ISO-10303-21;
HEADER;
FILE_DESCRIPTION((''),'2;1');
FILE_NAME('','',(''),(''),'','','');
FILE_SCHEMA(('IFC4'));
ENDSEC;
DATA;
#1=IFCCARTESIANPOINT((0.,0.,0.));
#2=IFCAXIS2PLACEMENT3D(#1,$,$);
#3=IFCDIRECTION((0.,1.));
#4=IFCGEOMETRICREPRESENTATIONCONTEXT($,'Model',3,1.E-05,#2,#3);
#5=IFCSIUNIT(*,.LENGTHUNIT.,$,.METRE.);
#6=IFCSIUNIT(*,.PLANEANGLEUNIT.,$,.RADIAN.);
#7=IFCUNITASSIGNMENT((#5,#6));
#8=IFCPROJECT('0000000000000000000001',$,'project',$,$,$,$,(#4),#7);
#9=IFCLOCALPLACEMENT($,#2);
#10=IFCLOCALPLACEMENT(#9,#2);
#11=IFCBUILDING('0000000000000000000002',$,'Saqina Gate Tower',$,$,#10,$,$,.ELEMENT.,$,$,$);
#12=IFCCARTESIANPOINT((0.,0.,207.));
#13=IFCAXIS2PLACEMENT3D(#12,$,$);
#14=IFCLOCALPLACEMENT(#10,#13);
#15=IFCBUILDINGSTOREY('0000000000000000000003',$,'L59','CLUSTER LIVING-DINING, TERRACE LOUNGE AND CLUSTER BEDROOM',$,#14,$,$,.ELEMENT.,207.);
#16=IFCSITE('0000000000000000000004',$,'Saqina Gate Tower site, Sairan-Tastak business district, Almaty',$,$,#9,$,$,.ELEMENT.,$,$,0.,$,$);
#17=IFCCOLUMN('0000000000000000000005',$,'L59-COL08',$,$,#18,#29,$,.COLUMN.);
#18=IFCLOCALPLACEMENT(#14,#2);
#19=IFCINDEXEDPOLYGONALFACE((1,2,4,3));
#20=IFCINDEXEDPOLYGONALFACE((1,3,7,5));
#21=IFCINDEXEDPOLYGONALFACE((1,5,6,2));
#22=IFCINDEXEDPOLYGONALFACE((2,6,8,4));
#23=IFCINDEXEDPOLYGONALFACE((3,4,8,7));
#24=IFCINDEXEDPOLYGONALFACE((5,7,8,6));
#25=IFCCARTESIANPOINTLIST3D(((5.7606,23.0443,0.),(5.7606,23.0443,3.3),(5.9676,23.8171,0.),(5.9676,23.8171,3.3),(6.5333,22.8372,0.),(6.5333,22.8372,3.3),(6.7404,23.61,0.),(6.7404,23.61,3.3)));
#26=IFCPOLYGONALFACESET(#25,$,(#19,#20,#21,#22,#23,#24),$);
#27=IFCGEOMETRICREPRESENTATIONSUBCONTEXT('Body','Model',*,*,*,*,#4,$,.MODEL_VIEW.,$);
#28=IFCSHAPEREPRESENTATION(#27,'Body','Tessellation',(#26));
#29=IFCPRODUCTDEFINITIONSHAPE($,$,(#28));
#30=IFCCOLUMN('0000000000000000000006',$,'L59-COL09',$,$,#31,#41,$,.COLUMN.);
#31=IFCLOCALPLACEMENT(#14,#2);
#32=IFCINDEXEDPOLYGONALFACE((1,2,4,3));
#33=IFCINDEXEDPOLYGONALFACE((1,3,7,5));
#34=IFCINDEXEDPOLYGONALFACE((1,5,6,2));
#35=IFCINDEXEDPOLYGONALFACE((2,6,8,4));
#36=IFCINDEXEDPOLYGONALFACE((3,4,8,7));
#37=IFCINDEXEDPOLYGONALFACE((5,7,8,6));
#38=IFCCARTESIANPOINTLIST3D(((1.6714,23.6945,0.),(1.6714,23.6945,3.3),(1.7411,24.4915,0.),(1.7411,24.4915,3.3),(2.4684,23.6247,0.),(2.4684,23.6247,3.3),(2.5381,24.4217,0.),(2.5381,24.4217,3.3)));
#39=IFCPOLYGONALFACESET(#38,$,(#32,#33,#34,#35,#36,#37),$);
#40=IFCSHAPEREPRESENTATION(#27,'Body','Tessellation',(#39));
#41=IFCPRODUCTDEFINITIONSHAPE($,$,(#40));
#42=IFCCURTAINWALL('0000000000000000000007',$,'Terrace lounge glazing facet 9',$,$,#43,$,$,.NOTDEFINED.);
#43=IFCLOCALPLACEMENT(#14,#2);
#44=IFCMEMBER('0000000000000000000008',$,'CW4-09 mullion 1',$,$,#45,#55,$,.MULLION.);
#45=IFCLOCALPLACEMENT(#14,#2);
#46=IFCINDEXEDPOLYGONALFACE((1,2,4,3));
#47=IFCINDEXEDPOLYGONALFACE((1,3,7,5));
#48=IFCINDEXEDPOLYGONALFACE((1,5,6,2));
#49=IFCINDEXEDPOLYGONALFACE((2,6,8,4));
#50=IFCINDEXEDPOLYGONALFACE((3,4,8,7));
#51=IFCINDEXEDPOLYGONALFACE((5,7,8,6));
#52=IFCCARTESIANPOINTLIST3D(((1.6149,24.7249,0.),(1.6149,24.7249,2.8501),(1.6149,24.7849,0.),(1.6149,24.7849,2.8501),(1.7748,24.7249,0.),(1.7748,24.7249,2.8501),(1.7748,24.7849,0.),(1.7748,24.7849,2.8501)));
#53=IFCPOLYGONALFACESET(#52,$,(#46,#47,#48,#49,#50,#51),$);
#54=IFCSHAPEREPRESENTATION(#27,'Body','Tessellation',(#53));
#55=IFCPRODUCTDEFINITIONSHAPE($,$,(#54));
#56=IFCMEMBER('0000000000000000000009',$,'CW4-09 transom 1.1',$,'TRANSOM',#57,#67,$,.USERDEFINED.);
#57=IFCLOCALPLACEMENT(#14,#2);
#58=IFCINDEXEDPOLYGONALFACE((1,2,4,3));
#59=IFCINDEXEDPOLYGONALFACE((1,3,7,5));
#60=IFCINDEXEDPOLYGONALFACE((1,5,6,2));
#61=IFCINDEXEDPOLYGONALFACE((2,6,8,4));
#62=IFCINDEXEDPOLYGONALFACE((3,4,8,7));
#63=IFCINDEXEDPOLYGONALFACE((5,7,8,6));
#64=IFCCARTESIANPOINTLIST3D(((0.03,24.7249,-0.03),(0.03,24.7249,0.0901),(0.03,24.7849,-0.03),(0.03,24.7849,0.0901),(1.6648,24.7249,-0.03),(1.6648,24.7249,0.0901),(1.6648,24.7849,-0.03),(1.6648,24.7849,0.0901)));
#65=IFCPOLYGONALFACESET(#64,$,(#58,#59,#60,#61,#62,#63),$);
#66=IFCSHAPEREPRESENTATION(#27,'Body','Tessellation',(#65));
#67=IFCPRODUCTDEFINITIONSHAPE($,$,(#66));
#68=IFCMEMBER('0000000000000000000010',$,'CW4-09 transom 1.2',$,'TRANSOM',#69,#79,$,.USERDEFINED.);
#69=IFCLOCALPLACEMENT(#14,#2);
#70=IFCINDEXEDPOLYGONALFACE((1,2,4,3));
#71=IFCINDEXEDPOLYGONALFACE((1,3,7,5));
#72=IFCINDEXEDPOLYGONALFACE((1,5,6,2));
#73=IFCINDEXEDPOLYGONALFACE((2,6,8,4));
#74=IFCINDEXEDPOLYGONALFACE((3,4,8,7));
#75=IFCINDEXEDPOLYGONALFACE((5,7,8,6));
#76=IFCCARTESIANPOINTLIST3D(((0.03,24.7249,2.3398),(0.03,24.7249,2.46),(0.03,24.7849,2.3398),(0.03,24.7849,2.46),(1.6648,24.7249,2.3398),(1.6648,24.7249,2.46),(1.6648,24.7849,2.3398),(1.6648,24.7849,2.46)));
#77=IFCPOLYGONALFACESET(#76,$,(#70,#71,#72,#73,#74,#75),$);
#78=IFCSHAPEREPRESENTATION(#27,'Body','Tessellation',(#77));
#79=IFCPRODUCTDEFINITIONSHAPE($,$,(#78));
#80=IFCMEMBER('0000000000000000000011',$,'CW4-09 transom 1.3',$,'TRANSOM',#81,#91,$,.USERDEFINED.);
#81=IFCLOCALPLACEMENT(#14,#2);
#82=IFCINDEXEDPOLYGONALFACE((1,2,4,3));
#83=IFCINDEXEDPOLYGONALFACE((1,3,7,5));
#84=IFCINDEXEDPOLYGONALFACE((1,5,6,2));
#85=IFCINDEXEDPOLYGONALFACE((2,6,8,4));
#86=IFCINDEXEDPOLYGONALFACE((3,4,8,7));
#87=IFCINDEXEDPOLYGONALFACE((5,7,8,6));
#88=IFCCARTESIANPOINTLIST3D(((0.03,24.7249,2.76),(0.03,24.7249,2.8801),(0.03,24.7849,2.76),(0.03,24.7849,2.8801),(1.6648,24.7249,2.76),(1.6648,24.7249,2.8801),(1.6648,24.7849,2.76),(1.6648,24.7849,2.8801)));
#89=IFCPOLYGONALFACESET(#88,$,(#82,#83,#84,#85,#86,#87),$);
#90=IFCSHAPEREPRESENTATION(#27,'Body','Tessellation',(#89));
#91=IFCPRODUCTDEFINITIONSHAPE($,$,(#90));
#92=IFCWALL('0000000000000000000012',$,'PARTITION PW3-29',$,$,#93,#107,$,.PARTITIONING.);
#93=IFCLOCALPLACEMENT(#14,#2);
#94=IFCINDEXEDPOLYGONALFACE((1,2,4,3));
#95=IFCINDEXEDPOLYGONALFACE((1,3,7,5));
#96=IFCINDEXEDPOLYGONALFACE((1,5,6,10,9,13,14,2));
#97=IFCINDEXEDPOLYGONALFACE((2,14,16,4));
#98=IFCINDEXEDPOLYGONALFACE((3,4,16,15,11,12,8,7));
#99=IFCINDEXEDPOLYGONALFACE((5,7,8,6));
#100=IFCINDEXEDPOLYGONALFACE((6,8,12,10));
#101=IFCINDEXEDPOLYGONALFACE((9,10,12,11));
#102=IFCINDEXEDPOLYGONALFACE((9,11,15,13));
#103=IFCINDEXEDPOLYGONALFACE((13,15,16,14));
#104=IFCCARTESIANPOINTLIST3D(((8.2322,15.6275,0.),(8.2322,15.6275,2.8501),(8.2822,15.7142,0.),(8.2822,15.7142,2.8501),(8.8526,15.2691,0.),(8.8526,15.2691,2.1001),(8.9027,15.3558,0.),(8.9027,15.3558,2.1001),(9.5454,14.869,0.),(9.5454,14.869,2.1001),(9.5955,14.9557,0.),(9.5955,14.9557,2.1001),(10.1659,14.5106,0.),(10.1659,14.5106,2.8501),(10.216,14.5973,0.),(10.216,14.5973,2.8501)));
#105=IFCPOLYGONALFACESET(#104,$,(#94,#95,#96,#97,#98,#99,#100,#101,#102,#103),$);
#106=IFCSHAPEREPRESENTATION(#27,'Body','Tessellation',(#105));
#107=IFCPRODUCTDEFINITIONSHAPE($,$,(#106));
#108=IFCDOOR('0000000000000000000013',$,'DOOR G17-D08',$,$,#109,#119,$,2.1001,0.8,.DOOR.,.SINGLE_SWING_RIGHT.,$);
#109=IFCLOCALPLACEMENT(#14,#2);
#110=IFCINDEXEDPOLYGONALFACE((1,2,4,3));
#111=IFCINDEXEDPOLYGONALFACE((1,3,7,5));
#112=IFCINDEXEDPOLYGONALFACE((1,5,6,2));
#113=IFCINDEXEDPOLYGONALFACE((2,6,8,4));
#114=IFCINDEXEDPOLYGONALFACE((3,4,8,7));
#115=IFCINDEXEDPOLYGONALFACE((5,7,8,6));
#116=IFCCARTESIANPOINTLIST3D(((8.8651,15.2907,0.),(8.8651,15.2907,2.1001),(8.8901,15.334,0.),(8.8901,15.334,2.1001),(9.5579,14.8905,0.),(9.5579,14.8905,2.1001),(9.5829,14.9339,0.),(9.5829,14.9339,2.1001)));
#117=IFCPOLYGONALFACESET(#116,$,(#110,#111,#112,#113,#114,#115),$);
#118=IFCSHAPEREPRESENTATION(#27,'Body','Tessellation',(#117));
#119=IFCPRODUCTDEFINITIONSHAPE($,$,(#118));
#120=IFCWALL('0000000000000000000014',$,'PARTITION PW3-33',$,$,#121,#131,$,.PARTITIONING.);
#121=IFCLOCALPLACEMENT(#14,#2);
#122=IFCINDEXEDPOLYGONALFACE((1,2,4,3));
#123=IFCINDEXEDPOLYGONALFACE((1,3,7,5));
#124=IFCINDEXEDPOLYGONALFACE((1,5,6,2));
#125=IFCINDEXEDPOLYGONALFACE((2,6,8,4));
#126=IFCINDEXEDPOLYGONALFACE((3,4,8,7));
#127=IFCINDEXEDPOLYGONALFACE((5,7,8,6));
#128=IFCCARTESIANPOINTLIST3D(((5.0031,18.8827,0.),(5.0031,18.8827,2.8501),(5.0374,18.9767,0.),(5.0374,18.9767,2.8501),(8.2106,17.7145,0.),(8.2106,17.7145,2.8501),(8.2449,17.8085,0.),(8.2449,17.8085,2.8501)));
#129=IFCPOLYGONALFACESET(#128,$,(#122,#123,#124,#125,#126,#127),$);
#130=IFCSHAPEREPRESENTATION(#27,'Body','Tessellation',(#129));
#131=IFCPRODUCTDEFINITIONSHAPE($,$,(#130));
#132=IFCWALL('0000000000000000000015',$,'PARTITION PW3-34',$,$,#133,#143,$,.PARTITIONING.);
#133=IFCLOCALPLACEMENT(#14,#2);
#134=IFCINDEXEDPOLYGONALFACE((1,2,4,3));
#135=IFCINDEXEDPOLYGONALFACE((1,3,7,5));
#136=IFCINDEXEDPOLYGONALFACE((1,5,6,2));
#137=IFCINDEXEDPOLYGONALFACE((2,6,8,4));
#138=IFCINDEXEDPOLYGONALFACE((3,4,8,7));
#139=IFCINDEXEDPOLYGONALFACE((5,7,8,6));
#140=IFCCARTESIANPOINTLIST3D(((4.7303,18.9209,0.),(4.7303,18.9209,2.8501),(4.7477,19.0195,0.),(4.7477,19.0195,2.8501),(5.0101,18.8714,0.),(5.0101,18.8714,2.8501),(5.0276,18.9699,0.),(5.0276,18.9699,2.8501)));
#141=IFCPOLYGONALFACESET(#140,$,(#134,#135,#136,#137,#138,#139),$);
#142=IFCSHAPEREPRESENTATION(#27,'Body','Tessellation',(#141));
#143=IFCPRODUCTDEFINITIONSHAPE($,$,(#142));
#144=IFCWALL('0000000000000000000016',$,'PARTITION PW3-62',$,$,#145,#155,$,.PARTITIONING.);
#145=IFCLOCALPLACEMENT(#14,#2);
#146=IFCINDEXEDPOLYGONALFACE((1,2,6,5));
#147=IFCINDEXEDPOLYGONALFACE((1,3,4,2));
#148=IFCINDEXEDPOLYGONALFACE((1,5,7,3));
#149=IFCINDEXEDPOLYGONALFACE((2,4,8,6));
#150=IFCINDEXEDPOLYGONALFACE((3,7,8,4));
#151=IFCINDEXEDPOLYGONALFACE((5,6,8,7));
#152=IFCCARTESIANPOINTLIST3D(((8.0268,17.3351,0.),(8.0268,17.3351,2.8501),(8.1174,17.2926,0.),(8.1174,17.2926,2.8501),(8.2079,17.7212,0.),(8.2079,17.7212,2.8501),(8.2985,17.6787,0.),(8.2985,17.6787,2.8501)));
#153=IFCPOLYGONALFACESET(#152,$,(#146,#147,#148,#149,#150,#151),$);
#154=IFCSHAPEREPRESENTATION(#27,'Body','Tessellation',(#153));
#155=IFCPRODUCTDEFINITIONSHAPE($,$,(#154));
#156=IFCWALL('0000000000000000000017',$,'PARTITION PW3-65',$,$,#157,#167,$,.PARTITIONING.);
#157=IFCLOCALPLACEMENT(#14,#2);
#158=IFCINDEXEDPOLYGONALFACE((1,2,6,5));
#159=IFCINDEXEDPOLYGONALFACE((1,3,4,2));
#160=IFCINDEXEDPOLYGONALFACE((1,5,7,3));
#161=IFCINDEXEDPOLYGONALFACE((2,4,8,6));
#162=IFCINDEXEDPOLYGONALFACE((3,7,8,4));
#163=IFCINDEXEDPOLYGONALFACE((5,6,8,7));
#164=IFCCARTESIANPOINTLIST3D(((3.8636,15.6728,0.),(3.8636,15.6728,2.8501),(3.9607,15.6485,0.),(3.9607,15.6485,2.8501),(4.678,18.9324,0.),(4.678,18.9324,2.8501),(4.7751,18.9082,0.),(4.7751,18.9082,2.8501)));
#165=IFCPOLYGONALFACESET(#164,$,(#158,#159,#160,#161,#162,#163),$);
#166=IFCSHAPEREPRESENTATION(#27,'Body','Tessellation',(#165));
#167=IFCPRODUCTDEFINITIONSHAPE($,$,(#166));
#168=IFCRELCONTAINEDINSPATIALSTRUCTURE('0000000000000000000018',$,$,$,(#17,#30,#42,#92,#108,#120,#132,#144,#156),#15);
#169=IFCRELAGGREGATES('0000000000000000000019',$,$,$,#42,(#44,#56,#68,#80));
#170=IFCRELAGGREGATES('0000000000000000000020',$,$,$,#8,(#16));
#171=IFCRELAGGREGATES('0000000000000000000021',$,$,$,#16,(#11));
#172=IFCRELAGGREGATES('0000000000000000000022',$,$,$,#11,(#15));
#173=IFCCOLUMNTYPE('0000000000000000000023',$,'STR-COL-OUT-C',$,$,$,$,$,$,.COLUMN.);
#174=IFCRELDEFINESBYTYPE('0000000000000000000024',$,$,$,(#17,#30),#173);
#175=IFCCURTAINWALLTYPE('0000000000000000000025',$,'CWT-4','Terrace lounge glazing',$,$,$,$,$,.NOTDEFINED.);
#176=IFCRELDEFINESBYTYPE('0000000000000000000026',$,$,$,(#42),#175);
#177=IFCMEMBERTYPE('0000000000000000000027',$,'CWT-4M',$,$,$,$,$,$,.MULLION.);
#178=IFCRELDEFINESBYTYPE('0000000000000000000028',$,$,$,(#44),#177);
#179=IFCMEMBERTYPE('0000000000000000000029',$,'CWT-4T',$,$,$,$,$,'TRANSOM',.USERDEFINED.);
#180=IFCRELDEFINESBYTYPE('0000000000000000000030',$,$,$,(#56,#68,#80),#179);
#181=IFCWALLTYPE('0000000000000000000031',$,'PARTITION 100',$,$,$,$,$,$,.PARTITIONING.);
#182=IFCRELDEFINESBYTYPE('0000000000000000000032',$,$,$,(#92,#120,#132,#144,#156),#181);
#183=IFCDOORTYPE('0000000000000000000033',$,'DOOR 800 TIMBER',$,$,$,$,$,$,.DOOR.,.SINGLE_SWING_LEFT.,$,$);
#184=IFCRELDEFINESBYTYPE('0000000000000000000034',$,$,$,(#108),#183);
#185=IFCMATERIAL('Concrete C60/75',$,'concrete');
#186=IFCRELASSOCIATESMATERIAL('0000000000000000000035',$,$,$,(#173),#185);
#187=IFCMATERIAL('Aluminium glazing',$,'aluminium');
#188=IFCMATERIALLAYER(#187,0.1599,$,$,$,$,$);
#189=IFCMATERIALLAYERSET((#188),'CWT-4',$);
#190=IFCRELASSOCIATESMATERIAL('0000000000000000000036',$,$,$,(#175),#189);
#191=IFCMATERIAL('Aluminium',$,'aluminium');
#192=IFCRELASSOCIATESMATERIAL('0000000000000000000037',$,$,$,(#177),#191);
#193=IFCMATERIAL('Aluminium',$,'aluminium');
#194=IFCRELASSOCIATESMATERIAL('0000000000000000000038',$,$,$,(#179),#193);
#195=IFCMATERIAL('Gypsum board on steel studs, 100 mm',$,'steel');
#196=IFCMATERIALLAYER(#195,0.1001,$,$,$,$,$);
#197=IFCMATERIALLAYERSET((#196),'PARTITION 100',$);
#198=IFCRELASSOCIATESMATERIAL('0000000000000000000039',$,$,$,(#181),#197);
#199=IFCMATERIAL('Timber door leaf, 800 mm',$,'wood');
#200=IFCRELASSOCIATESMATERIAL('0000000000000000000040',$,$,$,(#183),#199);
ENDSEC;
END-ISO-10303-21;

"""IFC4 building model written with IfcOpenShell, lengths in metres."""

from ifc_helpers import new_model, si_unit, direction, frame, frame_2d, origin, origin_2d, place, context, subcontext, project, spatial, rectangle, extrude, material, layer, layer_set, material_profile, profile_set, type_object, element, fill, aggregate, save


model = new_model("IFC4")

# Units and contexts
model_context = context("Model", 3, precision=1e-05, world=origin(), true_north=direction((0.0, 1.0)))
body_context = subcontext(model_context, "Body", "Model", "MODEL_VIEW")
ifc_project = project(units=[si_unit("LENGTHUNIT", "METRE"), si_unit("PLANEANGLEUNIT", "RADIAN")], contexts=[model_context])

# Site, building, storey
site_placement = place(None, origin())
site = spatial("IfcSite", under=ifc_project, at=site_placement, Name="Saqina Gate Tower site, Sairan-Tastak business district, Almaty", CompositionType="ELEMENT", RefElevation=0.0)
building_placement = place(site_placement, origin())
building = spatial("IfcBuilding", under=site, at=building_placement, Name="Saqina Gate Tower", CompositionType="ELEMENT")
storey_placement = place(building_placement, frame((0.0, 0.0, 207.0)))
storey = spatial("IfcBuildingStorey", under=building, at=storey_placement, Name="L59", Description="CLUSTER LIVING-DINING, TERRACE LOUNGE AND CLUSTER BEDROOM", CompositionType="ELEMENT", Elevation=207.0)

# Columns
ifc_material_1 = material(Name="Concrete C60/75", Category="concrete")
ifc_material_profile_1 = material_profile(ifc_material_1, rectangle(XDim=0.8, YDim=0.8, at=origin_2d()), Name="RC 800x800")
ifc_profile_set_1 = profile_set([ifc_material_profile_1], Name="Concrete C60/75")
column_type = type_object("IfcColumnType", Name="STR-COL-OUT-C", PredefinedType="COLUMN", material=ifc_profile_set_1)
for number, where, z_axis, x_axis, name in (
    (1, (6.2505, 23.3271, 0.0), (0.0, 0.0, 1.0), (0.258819, 0.965926, 0.0), "L59-COL08"),
    (2, (2.1047, 24.0581, 0.0), (0.0, 0.0, 1.0), (0.087156, 0.996195, 0.0), "L59-COL09"),
):
    element("IfcColumn", number, at=place(storey_placement, frame(where, z_axis=z_axis, x_axis=x_axis)), inside=storey, type_object=column_type, Name=name, PredefinedType="COLUMN", context=body_context, shape_type="SweptSolid", body=[
        extrude(rectangle(XDim=0.8, YDim=0.8, at=origin_2d()), origin(), (0.0, 0.0, 1.0), 3.3),
    ])

# Curtain wall, members
ifc_material_2 = material(Name="Aluminium glazing", Category="aluminium")
ifc_layer_1 = layer(ifc_material_2, 0.1599)
ifc_layer_set_1 = layer_set([ifc_layer_1], Name="CWT-4")
curtain_wall_type = type_object("IfcCurtainWallType", Name="CWT-4", Description="Terrace lounge glazing", PredefinedType="NOTDEFINED", material=ifc_layer_set_1)
curtain_wall_placement = place(storey_placement, origin())
curtain_wall = element("IfcCurtainWall", 3, at=curtain_wall_placement, inside=storey, type_object=curtain_wall_type, Name="Terrace lounge glazing facet 9", PredefinedType="NOTDEFINED")
ifc_material_3 = material(Name="Aluminium", Category="aluminium")
ifc_material_profile_2 = material_profile(ifc_material_3, rectangle(XDim=0.0601, YDim=0.1599, at=origin_2d()), Name="Aluminium 60x160")
ifc_profile_set_2 = profile_set([ifc_material_profile_2], Name="Aluminium")
member_type_1 = type_object("IfcMemberType", Name="CWT-4M", PredefinedType="MULLION", material=ifc_profile_set_2)
member_1_placement = place(storey_placement, frame((1.6948, 24.7549, 0.0), z_axis=(0.0, 0.0, 1.0), x_axis=(0.0, -1.0, 0.0)))
member_1 = element("IfcMember", 4, at=member_1_placement, type_object=member_type_1, Name="CW4-09 mullion 1", PredefinedType="MULLION", context=body_context, shape_type="SweptSolid", body=[
    extrude(rectangle(XDim=0.0601, YDim=0.1599, at=origin_2d()), origin(), (0.0, 0.0, 1.0), 2.8501),
])
ifc_material_4 = material(Name="Aluminium", Category="aluminium")
ifc_material_profile_3 = material_profile(ifc_material_4, rectangle(XDim=0.0601, YDim=0.1201, at=origin_2d()), Name="Aluminium 60x120")
ifc_profile_set_3 = profile_set([ifc_material_profile_3], Name="Aluminium")
member_type_2 = type_object("IfcMemberType", Name="CWT-4T", ElementType="TRANSOM", PredefinedType="USERDEFINED", material=ifc_profile_set_3)
member_2_placement = place(storey_placement, frame((1.6648, 24.7549, 0.03), z_axis=(-1.0, 0.0, 0.0), x_axis=(0.0, -1.0, 0.0)))
member_2 = element("IfcMember", 5, at=member_2_placement, type_object=member_type_2, Name="CW4-09 transom 1.1", ObjectType="TRANSOM", PredefinedType="USERDEFINED", context=body_context, shape_type="SweptSolid", body=[
    extrude(rectangle(XDim=0.0601, YDim=0.1201, at=origin_2d()), origin(), (0.0, 0.0, 1.0), 1.6348),
])
member_3_placement = place(storey_placement, frame((1.6648, 24.7549, 2.3999), z_axis=(-1.0, 0.0, 0.0), x_axis=(0.0, -1.0, 0.0)))
member_3 = element("IfcMember", 6, at=member_3_placement, type_object=member_type_2, Name="CW4-09 transom 1.2", ObjectType="TRANSOM", PredefinedType="USERDEFINED", context=body_context, shape_type="SweptSolid", body=[
    extrude(rectangle(XDim=0.0601, YDim=0.1201, at=origin_2d()), origin(), (0.0, 0.0, 1.0), 1.6348),
])
member_4_placement = place(storey_placement, frame((1.6648, 24.7549, 2.8201), z_axis=(-1.0, 0.0, 0.0), x_axis=(0.0, -1.0, 0.0)))
member_4 = element("IfcMember", 7, at=member_4_placement, type_object=member_type_2, Name="CW4-09 transom 1.3", ObjectType="TRANSOM", PredefinedType="USERDEFINED", context=body_context, shape_type="SweptSolid", body=[
    extrude(rectangle(XDim=0.0601, YDim=0.1201, at=origin_2d()), origin(), (0.0, 0.0, 1.0), 1.6348),
])
aggregate(curtain_wall, [member_1, member_2, member_3, member_4])

# Wall, opening, door
ifc_material_5 = material(Name="Gypsum board on steel studs, 100 mm", Category="steel")
ifc_layer_2 = layer(ifc_material_5, 0.1001)
ifc_layer_set_2 = layer_set([ifc_layer_2], Name="PARTITION 100")
wall_type_1 = type_object("IfcWallType", Name="PARTITION 100", PredefinedType="PARTITIONING", material=ifc_layer_set_2)
wall_1_placement = place(storey_placement, frame((8.2571, 15.6709, 0.0), z_axis=(0.0, 0.0, 1.0), x_axis=(0.86594, -0.500148, 0.0)))
wall_1 = element("IfcWall", 8, at=wall_1_placement, inside=storey, type_object=wall_type_1, Name="PARTITION PW3-29", PredefinedType="PARTITIONING", context=body_context, shape_type="SweptSolid", body=[
    extrude(rectangle(XDim=2.2332, YDim=0.1001, at=frame_2d((1.1167, 0.0))), origin(), (0.0, 0.0, 1.0), 2.8501),
])
opening_1_placement = place(wall_1_placement, frame((0.7168, 0.0, 0.0)))
opening_1 = element("IfcOpeningElement", 9, at=opening_1_placement, cuts=wall_1, PredefinedType="OPENING", context=body_context, shape_type="SweptSolid", body=[
    extrude(rectangle(XDim=0.8, YDim=2.1001, at=frame_2d((0.3999, 1.05))), frame((0.0, 0.062, 0.0), z_axis=(0.0, -1.0, 0.0), x_axis=(1.0, 0.0, 0.0)), (0.0, 0.0, 1.0), 0.124),
])
ifc_material_6 = material(Name="Timber door leaf, 800 mm", Category="wood")
door_type_1 = type_object("IfcDoorType", Name="DOOR 800 TIMBER", OperationType="SINGLE_SWING_LEFT", PredefinedType="DOOR", material=ifc_material_6)
door_1_placement = place(opening_1_placement, origin())
door_1 = element("IfcDoor", 10, at=door_1_placement, inside=storey, type_object=door_type_1, Name="DOOR G17-D08", OperationType="SINGLE_SWING_RIGHT", OverallHeight=2.1001, OverallWidth=0.8, PredefinedType="DOOR", context=body_context, shape_type="SweptSolid", body=[
    extrude(rectangle(XDim=0.8, YDim=2.1001, at=frame_2d((0.3999, 1.05))), frame((0.0, 0.0249, 0.0), z_axis=(0.0, -1.0, 0.0), x_axis=(1.0, 0.0, 0.0)), (0.0, 0.0, 1.0), 0.05),
])
fill(opening_1, door_1)

# Walls
wall_2_placement = place(storey_placement, frame((5.0203, 18.9297, 0.0), z_axis=(0.0, 0.0, 1.0), x_axis=(0.93962, -0.34222, 0.0)))
element("IfcWall", 11, at=wall_2_placement, inside=storey, type_object=wall_type_1, Name="PARTITION PW3-33", PredefinedType="PARTITIONING", context=body_context, shape_type="SweptSolid", body=[
    extrude(rectangle(XDim=3.4136, YDim=0.1001, at=frame_2d((1.7068, 0.0))), origin(), (0.0, 0.0, 1.0), 2.8501),
])
wall_3_placement = place(storey_placement, frame((4.739, 18.9702, 0.0), z_axis=(0.0, 0.0, 1.0), x_axis=(0.984671, -0.174423, 0.0)))
element("IfcWall", 12, at=wall_3_placement, inside=storey, type_object=wall_type_1, Name="PARTITION PW3-34", PredefinedType="PARTITIONING", context=body_context, shape_type="SweptSolid", body=[
    extrude(rectangle(XDim=0.2842, YDim=0.1001, at=frame_2d((0.1421, 0.0))), origin(), (0.0, 0.0, 1.0), 2.8501),
])
wall_4_placement = place(storey_placement, frame((8.072, 17.3137, 0.0), z_axis=(0.0, 0.0, 1.0), x_axis=(0.424639, 0.905363, 0.0)))
element("IfcWall", 13, at=wall_4_placement, inside=storey, type_object=wall_type_1, Name="PARTITION PW3-62", PredefinedType="PARTITIONING", context=body_context, shape_type="SweptSolid", body=[
    extrude(rectangle(XDim=0.4265, YDim=0.1001, at=frame_2d((0.2134, 0.0))), origin(), (0.0, 0.0, 1.0), 2.8501),
])
wall_5_placement = place(storey_placement, frame((3.9121, 15.6606, 0.0), z_axis=(0.0, 0.0, 1.0), x_axis=(0.242399, 0.970177, 0.0)))
element("IfcWall", 14, at=wall_5_placement, inside=storey, type_object=wall_type_1, Name="PARTITION PW3-65", PredefinedType="PARTITIONING", context=body_context, shape_type="SweptSolid", body=[
    extrude(rectangle(XDim=3.3599, YDim=0.1001, at=frame_2d((1.6799, 0.0))), origin(), (0.0, 0.0, 1.0), 2.8501),
])

save(model, "model.ifc")
